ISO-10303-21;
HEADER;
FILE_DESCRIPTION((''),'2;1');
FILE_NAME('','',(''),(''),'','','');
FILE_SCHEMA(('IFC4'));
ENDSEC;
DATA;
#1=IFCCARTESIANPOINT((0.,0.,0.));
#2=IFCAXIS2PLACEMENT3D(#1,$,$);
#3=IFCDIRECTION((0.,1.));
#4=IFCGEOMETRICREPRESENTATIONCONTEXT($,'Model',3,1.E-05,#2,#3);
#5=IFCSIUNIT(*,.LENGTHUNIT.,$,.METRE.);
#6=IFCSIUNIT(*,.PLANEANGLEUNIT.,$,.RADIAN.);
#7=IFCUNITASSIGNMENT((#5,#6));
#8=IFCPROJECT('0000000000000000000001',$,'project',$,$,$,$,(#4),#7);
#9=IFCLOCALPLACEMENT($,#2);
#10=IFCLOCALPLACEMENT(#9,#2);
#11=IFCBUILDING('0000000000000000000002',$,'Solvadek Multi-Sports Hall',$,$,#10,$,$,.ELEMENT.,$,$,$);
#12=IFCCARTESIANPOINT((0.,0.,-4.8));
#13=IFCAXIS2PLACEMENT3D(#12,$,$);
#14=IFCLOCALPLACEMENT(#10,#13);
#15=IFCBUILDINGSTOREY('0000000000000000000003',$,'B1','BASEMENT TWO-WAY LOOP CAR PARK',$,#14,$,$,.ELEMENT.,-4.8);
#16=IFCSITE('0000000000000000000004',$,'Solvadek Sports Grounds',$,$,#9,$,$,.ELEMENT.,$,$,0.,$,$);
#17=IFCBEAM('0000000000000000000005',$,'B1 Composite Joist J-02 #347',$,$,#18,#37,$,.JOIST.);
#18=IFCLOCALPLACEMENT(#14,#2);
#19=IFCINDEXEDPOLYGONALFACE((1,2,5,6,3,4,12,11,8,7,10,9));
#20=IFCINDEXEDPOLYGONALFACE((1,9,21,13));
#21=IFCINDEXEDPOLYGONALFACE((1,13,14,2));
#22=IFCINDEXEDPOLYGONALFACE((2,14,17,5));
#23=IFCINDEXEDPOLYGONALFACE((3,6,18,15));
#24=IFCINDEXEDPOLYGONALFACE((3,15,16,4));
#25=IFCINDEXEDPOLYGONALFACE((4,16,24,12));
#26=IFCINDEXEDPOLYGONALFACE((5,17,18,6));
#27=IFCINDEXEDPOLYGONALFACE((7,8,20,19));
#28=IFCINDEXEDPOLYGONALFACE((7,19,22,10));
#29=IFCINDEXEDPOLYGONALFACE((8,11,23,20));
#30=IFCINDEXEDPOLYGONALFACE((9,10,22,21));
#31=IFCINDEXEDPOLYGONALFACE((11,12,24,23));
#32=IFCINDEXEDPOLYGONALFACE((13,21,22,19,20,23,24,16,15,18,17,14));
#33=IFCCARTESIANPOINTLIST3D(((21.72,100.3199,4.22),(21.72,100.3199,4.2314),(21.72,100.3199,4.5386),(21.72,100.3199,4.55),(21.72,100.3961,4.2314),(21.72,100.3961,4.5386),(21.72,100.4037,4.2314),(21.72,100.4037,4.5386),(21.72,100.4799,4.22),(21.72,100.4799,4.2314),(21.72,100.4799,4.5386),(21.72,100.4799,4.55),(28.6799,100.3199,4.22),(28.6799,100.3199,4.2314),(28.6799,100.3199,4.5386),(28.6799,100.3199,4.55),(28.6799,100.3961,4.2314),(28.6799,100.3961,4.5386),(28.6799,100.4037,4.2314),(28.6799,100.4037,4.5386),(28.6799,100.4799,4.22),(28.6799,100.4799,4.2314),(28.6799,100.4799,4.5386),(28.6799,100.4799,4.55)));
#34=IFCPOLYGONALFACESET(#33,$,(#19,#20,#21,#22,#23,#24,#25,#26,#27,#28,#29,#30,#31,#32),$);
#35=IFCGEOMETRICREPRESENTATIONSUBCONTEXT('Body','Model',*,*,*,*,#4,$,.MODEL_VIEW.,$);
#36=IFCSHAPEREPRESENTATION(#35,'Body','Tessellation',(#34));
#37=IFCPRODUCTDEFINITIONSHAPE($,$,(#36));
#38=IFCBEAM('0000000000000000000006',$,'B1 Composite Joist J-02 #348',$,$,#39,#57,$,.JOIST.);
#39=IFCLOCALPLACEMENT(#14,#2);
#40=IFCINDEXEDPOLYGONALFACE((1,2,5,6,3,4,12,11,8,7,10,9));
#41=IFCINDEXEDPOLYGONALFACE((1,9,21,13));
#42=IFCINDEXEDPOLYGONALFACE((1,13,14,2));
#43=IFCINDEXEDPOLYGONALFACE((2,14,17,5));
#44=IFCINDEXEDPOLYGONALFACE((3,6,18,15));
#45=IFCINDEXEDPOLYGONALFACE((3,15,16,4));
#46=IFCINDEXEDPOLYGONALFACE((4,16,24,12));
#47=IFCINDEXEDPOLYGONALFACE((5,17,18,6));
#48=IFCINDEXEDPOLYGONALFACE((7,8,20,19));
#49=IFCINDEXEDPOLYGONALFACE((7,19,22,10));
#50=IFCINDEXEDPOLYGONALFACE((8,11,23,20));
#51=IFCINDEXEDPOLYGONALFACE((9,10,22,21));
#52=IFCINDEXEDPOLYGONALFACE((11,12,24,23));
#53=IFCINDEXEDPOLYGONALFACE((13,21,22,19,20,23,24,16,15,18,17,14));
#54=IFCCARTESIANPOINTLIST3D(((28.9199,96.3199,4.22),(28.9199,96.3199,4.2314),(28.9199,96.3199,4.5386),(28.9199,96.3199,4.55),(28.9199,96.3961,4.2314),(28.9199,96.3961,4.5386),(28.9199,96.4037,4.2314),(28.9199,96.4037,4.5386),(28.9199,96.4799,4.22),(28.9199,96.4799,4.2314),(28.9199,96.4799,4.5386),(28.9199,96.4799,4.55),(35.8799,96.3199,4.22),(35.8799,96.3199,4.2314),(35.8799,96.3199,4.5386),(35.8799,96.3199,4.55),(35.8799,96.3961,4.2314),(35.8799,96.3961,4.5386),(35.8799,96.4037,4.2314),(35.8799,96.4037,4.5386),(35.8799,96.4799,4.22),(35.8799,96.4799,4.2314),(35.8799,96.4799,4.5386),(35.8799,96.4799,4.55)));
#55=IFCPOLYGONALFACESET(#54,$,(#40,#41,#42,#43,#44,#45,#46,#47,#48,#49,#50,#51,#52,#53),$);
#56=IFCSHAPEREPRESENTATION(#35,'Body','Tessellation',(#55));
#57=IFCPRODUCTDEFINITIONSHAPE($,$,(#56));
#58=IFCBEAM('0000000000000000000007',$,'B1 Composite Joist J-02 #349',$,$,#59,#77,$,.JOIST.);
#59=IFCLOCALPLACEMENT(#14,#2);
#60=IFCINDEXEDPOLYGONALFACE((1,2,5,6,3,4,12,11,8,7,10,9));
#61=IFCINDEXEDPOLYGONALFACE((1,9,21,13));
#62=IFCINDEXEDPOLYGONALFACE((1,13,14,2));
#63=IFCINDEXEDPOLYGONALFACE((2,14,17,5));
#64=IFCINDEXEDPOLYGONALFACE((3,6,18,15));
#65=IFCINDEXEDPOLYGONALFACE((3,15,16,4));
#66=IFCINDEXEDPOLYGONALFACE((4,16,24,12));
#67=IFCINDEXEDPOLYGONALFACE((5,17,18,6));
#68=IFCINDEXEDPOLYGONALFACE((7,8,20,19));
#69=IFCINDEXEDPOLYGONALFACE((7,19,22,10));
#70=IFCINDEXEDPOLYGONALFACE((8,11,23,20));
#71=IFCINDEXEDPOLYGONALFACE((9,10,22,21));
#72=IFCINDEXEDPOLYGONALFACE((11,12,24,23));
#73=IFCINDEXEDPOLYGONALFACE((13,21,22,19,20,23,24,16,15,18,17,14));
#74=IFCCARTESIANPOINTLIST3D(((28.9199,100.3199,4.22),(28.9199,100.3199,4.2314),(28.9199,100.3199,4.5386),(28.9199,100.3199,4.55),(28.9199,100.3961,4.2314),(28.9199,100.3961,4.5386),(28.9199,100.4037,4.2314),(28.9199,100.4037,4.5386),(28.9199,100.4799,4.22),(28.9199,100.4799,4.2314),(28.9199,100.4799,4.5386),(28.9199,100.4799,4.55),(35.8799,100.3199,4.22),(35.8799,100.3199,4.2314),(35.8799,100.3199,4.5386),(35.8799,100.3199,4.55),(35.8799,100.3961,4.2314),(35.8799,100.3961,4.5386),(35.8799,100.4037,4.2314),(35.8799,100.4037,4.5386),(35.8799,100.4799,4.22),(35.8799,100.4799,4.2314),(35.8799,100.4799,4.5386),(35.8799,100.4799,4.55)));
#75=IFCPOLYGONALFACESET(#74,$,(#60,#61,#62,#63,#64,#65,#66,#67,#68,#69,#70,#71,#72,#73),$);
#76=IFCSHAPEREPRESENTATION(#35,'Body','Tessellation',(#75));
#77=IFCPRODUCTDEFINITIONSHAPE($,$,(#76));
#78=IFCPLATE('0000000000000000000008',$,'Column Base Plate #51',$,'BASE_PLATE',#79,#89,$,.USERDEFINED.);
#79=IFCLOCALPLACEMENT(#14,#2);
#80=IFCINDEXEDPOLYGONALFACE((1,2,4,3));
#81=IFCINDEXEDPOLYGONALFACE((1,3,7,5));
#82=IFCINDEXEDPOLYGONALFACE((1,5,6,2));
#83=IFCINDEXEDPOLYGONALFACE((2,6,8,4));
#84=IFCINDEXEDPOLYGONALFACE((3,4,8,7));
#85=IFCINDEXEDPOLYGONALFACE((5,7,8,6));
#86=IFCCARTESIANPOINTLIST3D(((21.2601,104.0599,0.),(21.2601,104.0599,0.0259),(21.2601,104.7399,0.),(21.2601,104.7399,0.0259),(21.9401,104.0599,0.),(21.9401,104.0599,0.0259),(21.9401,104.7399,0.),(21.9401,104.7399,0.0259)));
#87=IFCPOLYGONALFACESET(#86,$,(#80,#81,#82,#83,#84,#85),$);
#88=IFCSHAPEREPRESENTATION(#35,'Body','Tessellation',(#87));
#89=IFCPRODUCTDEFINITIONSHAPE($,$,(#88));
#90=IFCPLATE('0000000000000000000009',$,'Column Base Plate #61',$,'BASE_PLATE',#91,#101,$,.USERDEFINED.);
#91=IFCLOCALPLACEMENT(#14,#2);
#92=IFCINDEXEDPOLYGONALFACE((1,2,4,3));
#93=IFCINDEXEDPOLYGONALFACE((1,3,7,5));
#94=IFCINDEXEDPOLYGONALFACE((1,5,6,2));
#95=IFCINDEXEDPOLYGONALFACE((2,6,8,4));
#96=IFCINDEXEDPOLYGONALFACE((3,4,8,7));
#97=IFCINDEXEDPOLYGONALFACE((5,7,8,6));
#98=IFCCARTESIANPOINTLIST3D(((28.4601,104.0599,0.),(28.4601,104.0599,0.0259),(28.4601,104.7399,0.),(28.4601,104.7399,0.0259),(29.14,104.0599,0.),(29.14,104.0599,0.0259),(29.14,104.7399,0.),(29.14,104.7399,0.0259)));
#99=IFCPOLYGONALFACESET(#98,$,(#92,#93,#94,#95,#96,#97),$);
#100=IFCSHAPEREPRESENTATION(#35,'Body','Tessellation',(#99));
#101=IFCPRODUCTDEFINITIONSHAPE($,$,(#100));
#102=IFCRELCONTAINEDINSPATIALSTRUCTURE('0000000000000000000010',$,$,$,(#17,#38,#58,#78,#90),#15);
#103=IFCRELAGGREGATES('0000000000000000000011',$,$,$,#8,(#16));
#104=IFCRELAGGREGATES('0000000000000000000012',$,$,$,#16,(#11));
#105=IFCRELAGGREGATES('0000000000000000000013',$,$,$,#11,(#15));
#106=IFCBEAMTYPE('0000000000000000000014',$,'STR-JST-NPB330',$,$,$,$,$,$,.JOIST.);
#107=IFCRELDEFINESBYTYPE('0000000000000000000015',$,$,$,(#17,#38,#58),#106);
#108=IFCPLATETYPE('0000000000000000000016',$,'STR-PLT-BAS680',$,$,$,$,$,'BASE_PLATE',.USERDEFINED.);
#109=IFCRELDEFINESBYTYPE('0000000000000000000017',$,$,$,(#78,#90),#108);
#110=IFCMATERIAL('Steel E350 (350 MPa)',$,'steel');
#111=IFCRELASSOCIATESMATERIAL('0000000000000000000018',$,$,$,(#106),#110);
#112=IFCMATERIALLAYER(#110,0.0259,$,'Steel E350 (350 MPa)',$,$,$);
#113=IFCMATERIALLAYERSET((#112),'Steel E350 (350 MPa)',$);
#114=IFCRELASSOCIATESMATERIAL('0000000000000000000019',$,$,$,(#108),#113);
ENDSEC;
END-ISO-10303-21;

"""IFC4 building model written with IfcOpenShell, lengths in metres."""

from ifc_helpers import new_model, si_unit, direction, frame, origin, origin_2d, place, context, subcontext, project, spatial, rectangle, i_section, extrude, material, layer, layer_set, material_profile, profile_set, type_object, element, save


model = new_model("IFC4")

# Units and contexts
model_context = context("Model", 3, precision=1e-05, world=origin(), true_north=direction((0.0, 1.0)))
body_context = subcontext(model_context, "Body", "Model", "MODEL_VIEW")
ifc_project = project(units=[si_unit("LENGTHUNIT", "METRE"), si_unit("PLANEANGLEUNIT", "RADIAN")], contexts=[model_context])

# Site, building, storey
site_placement = place(None, origin())
site = spatial("IfcSite", under=ifc_project, at=site_placement, Name="Solvadek Sports Grounds", CompositionType="ELEMENT", RefElevation=0.0)
building_placement = place(site_placement, origin())
building = spatial("IfcBuilding", under=site, at=building_placement, Name="Solvadek Multi-Sports Hall", CompositionType="ELEMENT")
storey_placement = place(building_placement, frame((0.0, 0.0, -4.8)))
storey = spatial("IfcBuildingStorey", under=building, at=storey_placement, Name="B1", Description="BASEMENT TWO-WAY LOOP CAR PARK", CompositionType="ELEMENT", Elevation=-4.8)

# Shared definitions
ifc_material_1 = material(Name="Steel E350 (350 MPa)", Category="steel")

# Beams
ifc_material_profile_1 = material_profile(ifc_material_1, i_section(OverallWidth=0.1599, OverallDepth=0.3301, WebThickness=0.0076, FlangeThickness=0.0115, at=origin_2d()), Name="NPB 330")
ifc_profile_set_1 = profile_set([ifc_material_profile_1], Name="Steel E350 (350 MPa)")
beam_type_1 = type_object("IfcBeamType", Name="STR-JST-NPB330", PredefinedType="JOIST", material=ifc_profile_set_1)
for number, where, z_axis, x_axis, name in (
    (1, (21.72, 100.3999, 4.385), (1.0, 0.0, 0.0), (0.0, 1.0, 0.0), "B1 Composite Joist J-02 #347"),
    (2, (28.9199, 96.3999, 4.385), (1.0, 0.0, 0.0), (0.0, 1.0, 0.0), "B1 Composite Joist J-02 #348"),
    (3, (28.9199, 100.3999, 4.385), (1.0, 0.0, 0.0), (0.0, 1.0, 0.0), "B1 Composite Joist J-02 #349"),
):
    element("IfcBeam", number, at=place(storey_placement, frame(where, z_axis=z_axis, x_axis=x_axis)), inside=storey, type_object=beam_type_1, Name=name, PredefinedType="JOIST", context=body_context, shape_type="SweptSolid", body=[
        extrude(i_section(OverallWidth=0.1599, OverallDepth=0.3301, WebThickness=0.0076, FlangeThickness=0.0115, at=origin_2d()), origin(), (0.0, 0.0, 1.0), 6.96),
    ])

# Plates
ifc_layer = layer(ifc_material_1, 0.0259, Name="Steel E350 (350 MPa)")
ifc_layer_set = layer_set([ifc_layer], Name="Steel E350 (350 MPa)")
plate_type = type_object("IfcPlateType", Name="STR-PLT-BAS680", ElementType="BASE_PLATE", PredefinedType="USERDEFINED", material=ifc_layer_set)
for number, where, z_axis, x_axis, name in (
    (4, (21.6001, 104.3999, 0.0), (0.0, 0.0, 1.0), (1.0, 0.0, 0.0), "Column Base Plate #51"),
    (5, (28.8, 104.3999, 0.0), (0.0, 0.0, 1.0), (1.0, 0.0, 0.0), "Column Base Plate #61"),
):
    element("IfcPlate", number, at=place(storey_placement, frame(where, z_axis=z_axis, x_axis=x_axis)), inside=storey, type_object=plate_type, Name=name, ObjectType="BASE_PLATE", PredefinedType="USERDEFINED", context=body_context, shape_type="SweptSolid", body=[
        extrude(rectangle(XDim=0.6799, YDim=0.6799, at=origin_2d()), origin(), (0.0, 0.0, 1.0), 0.0259),
    ])

save(model, "model.ifc")
